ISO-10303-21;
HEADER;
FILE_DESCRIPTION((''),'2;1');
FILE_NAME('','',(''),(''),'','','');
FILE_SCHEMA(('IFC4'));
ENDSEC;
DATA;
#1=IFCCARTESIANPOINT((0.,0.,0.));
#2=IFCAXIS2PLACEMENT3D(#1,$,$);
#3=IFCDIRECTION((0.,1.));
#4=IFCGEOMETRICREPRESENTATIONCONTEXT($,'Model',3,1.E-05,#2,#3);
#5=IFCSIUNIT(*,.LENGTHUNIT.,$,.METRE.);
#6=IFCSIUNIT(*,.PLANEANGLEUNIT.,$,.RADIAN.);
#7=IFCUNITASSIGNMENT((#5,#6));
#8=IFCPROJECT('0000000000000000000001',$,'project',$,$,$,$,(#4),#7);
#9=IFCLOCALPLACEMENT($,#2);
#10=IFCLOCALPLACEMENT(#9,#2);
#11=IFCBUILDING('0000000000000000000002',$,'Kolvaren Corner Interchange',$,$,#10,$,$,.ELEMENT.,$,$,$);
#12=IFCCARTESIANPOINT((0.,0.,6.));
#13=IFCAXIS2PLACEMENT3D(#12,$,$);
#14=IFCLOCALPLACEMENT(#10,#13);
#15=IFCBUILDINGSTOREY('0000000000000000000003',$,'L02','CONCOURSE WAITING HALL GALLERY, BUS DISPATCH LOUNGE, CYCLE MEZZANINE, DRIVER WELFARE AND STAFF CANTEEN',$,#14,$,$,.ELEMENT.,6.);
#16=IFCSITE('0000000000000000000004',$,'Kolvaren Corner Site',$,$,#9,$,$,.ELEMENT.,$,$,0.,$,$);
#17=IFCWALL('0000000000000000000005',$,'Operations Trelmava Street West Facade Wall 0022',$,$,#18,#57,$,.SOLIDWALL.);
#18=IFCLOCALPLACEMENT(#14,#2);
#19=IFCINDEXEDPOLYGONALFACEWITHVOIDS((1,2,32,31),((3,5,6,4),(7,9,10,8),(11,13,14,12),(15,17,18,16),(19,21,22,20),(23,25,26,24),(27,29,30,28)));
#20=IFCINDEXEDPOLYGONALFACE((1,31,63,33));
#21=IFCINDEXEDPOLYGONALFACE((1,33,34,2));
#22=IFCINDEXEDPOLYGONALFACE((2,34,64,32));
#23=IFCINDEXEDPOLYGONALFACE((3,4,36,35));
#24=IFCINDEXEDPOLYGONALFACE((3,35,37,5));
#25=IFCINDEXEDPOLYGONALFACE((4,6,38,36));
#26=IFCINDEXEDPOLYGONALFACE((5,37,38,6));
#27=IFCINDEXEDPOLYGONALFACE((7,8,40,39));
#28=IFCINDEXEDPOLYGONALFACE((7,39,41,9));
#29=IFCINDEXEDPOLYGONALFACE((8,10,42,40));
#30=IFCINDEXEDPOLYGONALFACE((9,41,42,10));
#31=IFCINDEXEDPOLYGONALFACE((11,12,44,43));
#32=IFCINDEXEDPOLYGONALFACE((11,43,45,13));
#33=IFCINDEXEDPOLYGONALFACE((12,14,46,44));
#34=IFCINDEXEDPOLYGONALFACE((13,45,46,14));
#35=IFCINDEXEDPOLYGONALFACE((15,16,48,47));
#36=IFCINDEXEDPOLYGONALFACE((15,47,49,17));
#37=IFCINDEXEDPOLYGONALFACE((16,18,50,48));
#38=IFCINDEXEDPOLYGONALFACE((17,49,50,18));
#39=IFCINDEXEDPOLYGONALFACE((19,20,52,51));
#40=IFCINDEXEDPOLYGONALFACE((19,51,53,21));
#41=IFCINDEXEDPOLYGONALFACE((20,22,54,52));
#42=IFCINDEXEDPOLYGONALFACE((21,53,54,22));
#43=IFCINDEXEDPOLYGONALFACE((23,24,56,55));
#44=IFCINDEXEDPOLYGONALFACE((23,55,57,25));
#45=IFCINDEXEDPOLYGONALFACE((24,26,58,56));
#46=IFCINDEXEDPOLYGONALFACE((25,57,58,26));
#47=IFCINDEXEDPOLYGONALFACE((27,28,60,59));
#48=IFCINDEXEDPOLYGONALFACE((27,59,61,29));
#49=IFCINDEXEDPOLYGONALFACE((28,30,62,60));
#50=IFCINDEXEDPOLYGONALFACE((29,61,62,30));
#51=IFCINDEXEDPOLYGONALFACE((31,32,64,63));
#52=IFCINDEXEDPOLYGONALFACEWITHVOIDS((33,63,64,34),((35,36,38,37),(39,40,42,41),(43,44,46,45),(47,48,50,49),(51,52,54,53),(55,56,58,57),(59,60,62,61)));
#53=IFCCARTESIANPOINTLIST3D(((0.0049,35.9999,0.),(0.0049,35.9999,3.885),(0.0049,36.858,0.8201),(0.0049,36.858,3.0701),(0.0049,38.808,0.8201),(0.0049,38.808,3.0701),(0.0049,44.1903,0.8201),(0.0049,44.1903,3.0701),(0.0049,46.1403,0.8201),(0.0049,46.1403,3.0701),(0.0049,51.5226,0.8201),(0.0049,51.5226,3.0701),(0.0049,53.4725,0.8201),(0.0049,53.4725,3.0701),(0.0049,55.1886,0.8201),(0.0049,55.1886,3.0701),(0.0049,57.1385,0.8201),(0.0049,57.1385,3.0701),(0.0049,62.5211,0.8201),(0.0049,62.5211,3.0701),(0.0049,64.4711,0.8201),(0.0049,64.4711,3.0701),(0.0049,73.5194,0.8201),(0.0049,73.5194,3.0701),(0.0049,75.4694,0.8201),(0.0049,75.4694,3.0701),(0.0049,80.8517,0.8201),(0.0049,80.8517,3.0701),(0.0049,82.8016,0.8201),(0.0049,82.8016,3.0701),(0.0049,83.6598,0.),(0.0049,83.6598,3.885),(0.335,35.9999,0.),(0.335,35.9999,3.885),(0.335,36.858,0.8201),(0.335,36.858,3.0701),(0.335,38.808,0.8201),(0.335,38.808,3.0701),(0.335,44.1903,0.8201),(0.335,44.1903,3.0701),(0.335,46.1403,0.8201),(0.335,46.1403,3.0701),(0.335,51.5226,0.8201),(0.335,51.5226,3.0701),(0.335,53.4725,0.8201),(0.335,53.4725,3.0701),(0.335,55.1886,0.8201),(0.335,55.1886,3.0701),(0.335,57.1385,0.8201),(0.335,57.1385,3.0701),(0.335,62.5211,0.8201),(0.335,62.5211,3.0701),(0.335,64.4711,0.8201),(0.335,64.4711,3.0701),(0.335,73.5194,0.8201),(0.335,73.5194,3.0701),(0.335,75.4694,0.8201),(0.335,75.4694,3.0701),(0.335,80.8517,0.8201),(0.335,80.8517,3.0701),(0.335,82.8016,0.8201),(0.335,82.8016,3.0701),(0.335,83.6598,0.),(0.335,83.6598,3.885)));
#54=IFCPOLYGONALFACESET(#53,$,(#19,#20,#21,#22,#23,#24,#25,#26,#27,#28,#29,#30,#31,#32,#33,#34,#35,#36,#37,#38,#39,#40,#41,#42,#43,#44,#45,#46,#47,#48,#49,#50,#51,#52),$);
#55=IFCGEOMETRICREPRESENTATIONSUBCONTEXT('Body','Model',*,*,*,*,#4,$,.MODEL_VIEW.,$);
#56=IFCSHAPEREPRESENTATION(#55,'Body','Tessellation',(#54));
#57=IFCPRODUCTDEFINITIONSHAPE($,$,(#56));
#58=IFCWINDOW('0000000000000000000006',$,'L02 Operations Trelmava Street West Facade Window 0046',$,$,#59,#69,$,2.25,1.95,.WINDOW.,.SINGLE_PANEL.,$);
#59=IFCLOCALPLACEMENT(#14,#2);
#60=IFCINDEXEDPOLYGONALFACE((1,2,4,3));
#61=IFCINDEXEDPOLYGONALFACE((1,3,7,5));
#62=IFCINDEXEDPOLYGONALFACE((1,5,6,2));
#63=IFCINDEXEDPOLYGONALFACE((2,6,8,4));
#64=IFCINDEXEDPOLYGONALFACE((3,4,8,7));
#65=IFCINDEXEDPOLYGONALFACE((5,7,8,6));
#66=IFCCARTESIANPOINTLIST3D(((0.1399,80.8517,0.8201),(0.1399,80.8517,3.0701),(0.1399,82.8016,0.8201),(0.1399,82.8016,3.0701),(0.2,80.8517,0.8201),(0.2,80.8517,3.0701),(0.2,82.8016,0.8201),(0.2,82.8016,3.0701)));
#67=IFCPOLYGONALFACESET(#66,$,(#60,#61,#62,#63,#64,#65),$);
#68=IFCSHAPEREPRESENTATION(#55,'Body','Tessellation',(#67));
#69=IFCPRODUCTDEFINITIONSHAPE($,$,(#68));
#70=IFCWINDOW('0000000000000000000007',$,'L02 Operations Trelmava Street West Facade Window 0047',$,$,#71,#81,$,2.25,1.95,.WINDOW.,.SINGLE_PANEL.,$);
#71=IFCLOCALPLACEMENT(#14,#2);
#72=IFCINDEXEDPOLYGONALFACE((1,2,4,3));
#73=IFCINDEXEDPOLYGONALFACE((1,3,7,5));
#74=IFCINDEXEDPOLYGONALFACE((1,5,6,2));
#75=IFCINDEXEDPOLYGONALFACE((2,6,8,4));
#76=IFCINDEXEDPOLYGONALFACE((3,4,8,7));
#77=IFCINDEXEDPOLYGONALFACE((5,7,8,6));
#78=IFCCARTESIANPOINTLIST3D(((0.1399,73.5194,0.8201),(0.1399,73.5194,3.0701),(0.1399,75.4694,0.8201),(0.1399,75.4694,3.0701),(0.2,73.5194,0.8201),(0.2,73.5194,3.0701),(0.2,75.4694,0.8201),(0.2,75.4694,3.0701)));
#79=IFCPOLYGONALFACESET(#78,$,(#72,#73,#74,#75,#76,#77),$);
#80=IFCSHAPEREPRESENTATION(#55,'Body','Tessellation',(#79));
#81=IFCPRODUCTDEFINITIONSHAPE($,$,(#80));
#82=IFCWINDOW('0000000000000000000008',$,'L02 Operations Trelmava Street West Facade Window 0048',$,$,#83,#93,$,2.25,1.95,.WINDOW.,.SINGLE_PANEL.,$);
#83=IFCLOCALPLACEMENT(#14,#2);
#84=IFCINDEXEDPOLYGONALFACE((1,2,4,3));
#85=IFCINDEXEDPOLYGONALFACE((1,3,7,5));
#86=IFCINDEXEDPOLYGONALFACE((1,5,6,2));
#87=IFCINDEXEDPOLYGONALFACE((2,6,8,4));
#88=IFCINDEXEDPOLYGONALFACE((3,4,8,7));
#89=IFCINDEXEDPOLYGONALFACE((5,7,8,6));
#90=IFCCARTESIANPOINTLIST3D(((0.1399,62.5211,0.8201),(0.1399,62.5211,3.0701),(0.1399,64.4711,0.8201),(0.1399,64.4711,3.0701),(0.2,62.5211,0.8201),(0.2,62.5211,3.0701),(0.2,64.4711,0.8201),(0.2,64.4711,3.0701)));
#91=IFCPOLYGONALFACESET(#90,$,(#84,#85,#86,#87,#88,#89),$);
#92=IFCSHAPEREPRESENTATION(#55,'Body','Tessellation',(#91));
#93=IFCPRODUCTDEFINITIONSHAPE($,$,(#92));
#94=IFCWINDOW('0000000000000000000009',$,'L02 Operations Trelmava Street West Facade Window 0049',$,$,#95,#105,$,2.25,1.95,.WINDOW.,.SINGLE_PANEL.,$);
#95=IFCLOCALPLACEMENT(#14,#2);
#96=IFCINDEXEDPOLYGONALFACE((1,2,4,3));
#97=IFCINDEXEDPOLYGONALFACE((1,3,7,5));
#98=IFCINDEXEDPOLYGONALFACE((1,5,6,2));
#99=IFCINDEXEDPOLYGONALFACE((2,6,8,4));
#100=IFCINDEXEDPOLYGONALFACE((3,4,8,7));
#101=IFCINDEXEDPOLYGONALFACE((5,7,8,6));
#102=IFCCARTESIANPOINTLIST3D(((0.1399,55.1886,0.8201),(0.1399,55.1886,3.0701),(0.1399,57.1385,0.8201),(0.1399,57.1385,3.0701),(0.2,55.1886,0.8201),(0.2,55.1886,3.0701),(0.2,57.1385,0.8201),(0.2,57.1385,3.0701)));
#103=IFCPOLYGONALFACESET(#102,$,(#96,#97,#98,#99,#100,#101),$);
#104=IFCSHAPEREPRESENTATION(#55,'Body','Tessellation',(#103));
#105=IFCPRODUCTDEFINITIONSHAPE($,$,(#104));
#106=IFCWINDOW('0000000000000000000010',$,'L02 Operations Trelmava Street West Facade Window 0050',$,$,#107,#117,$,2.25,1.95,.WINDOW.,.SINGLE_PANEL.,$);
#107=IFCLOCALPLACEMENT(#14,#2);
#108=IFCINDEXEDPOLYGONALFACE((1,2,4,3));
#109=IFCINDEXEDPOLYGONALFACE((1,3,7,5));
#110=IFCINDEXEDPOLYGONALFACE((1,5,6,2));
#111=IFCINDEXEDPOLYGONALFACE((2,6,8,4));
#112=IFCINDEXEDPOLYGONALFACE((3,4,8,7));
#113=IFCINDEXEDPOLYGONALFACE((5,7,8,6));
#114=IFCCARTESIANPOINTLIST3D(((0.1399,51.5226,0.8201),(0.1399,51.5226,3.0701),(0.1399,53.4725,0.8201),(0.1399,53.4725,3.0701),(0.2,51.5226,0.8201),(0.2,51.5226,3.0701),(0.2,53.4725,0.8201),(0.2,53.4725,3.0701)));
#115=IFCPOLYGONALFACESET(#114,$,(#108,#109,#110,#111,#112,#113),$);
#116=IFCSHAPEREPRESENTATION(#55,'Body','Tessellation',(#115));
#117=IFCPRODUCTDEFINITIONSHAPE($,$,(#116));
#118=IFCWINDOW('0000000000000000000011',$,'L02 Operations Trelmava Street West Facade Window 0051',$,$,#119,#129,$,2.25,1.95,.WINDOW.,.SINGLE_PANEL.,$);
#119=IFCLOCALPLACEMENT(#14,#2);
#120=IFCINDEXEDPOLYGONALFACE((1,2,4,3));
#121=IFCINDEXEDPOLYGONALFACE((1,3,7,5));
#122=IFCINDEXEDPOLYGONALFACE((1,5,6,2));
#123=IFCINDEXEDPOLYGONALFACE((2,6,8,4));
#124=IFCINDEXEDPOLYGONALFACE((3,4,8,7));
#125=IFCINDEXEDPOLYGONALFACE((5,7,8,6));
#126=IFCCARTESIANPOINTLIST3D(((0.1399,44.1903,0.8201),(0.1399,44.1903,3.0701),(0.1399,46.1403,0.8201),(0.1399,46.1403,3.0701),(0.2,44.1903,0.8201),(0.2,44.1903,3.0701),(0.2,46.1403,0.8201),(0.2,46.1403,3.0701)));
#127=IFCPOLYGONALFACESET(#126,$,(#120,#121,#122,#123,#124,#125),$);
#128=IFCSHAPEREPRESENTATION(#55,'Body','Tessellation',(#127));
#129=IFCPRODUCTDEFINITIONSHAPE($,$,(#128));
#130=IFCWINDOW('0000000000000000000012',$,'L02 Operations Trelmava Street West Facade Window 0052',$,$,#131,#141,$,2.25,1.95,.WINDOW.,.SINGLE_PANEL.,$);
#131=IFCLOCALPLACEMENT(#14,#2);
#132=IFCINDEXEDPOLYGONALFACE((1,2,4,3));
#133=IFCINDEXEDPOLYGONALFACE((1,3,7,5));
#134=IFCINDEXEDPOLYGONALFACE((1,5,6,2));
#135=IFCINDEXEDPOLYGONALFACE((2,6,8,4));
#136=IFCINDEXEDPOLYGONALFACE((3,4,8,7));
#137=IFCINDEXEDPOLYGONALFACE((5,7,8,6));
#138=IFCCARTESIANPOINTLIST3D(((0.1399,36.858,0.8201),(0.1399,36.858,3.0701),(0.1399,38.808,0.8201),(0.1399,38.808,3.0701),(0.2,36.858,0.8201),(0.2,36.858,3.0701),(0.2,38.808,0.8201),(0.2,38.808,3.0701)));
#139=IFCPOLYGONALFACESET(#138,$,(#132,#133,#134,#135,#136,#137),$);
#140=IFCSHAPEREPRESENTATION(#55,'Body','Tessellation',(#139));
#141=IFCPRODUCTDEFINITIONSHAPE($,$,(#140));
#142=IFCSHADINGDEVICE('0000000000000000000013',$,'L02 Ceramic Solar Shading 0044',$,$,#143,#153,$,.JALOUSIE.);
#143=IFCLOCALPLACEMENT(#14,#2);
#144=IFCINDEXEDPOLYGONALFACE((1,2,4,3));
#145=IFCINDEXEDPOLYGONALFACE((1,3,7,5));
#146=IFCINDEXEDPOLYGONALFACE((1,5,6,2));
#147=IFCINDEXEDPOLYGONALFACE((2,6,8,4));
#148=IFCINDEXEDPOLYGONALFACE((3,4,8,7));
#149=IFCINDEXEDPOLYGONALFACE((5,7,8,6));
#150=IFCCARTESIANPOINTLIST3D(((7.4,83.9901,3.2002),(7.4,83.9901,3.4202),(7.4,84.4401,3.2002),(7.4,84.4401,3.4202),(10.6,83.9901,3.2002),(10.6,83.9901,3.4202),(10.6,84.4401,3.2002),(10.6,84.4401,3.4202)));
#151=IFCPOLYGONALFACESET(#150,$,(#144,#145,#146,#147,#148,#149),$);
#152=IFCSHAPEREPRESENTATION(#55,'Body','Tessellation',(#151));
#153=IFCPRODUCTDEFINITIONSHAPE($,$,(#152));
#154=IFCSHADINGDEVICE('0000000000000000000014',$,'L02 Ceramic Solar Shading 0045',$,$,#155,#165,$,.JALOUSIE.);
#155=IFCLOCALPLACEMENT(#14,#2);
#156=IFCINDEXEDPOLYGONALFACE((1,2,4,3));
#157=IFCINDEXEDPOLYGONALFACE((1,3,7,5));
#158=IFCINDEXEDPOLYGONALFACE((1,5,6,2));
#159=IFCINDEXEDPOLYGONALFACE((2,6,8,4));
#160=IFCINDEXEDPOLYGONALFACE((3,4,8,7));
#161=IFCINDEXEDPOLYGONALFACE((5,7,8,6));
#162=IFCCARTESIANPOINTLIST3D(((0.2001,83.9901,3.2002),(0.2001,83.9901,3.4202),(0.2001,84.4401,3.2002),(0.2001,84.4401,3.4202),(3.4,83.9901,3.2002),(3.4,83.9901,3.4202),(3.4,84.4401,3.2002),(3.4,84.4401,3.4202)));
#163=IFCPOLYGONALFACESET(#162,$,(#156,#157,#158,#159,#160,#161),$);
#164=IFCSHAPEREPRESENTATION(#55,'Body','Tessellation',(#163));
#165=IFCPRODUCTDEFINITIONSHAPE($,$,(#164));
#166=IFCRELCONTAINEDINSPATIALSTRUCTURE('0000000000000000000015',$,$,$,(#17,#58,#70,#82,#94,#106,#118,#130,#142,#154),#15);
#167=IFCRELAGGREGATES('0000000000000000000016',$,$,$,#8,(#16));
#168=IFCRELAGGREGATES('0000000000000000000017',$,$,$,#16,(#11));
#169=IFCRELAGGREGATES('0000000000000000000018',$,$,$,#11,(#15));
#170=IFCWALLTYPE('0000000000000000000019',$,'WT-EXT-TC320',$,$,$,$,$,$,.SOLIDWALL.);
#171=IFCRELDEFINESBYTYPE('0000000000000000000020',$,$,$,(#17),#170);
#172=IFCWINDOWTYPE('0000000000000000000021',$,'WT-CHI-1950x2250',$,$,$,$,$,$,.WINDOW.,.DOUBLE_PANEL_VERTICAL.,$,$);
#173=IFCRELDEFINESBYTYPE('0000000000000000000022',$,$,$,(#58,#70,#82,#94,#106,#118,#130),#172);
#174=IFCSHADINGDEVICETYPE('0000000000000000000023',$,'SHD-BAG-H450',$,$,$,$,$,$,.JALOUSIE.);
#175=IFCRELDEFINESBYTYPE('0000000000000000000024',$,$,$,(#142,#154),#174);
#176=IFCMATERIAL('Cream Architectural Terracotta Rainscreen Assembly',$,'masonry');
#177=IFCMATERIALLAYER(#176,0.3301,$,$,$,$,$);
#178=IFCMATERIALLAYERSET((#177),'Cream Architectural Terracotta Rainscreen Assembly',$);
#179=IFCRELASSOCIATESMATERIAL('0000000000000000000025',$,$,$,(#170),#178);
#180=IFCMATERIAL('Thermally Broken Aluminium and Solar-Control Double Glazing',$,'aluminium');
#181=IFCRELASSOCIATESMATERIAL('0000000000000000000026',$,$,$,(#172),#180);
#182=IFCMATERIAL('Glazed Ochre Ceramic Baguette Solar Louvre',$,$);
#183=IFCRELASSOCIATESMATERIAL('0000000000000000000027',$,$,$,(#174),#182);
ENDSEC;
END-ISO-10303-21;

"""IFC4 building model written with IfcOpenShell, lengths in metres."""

from ifc_helpers import new_model, si_unit, direction, frame, frame_2d, origin, origin_2d, place, context, subcontext, project, spatial, rectangle, extrude, material, layer, layer_set, type_object, element, fill, save


model = new_model("IFC4")

# Units and contexts
model_context = context("Model", 3, precision=1e-05, world=origin(), true_north=direction((0.0, 1.0)))
body_context = subcontext(model_context, "Body", "Model", "MODEL_VIEW")
ifc_project = project(units=[si_unit("LENGTHUNIT", "METRE"), si_unit("PLANEANGLEUNIT", "RADIAN")], contexts=[model_context])

# Site, building, storey
site_placement = place(None, origin())
site = spatial("IfcSite", under=ifc_project, at=site_placement, Name="Kolvaren Corner Site", CompositionType="ELEMENT", RefElevation=0.0)
building_placement = place(site_placement, origin())
building = spatial("IfcBuilding", under=site, at=building_placement, Name="Kolvaren Corner Interchange", CompositionType="ELEMENT")
storey_placement = place(building_placement, frame((0.0, 0.0, 6.0)))
storey = spatial("IfcBuildingStorey", under=building, at=storey_placement, Name="L02", Description="CONCOURSE WAITING HALL GALLERY, BUS DISPATCH LOUNGE, CYCLE MEZZANINE, DRIVER WELFARE AND STAFF CANTEEN", CompositionType="ELEMENT", Elevation=6.0)

# Wall, openings, windows
ifc_material_1 = material(Name="Cream Architectural Terracotta Rainscreen Assembly", Category="masonry")
ifc_layer = layer(ifc_material_1, 0.3301)
ifc_layer_set = layer_set([ifc_layer], Name="Cream Architectural Terracotta Rainscreen Assembly")
wall_type = type_object("IfcWallType", Name="WT-EXT-TC320", PredefinedType="SOLIDWALL", material=ifc_layer_set)
wall_placement = place(storey_placement, frame((0.1699, 83.6599, 0.0), z_axis=(0.0, 0.0, 1.0), x_axis=(0.0, -1.0, 0.0)))
wall = element("IfcWall", 1, at=wall_placement, inside=storey, type_object=wall_type, Name="Operations Trelmava Street West Facade Wall 0022", PredefinedType="SOLIDWALL", context=body_context, shape_type="SweptSolid", body=[
    extrude(rectangle(XDim=47.6599, YDim=0.3301, at=frame_2d((23.8301, 0.0))), origin(), (0.0, 0.0, 1.0), 3.885),
])
opening_1_placement = place(wall_placement, frame((0.8582, 0.0, 0.8201)))
opening_1 = element("IfcOpeningElement", 2, at=opening_1_placement, cuts=wall, PredefinedType="OPENING", context=body_context, shape_type="SweptSolid", body=[
    extrude(rectangle(XDim=1.95, YDim=2.25, at=frame_2d((0.9751, 1.125))), frame((0.0, 0.175, 0.0), z_axis=(0.0, -1.0, 0.0), x_axis=(1.0, 0.0, 0.0)), (0.0, 0.0, 1.0), 0.3501),
])
opening_2_placement = place(wall_placement, frame((8.1904, 0.0, 0.8201)))
opening_2 = element("IfcOpeningElement", 3, at=opening_2_placement, cuts=wall, PredefinedType="OPENING", context=body_context, shape_type="SweptSolid", body=[
    extrude(rectangle(XDim=1.95, YDim=2.25, at=frame_2d((0.9751, 1.125))), frame((0.0, 0.175, 0.0), z_axis=(0.0, -1.0, 0.0), x_axis=(1.0, 0.0, 0.0)), (0.0, 0.0, 1.0), 0.3501),
])
opening_3_placement = place(wall_placement, frame((19.1887, 0.0, 0.8201)))
opening_3 = element("IfcOpeningElement", 4, at=opening_3_placement, cuts=wall, PredefinedType="OPENING", context=body_context, shape_type="SweptSolid", body=[
    extrude(rectangle(XDim=1.95, YDim=2.25, at=frame_2d((0.9751, 1.125))), frame((0.0, 0.175, 0.0), z_axis=(0.0, -1.0, 0.0), x_axis=(1.0, 0.0, 0.0)), (0.0, 0.0, 1.0), 0.3501),
])
opening_4_placement = place(wall_placement, frame((26.5212, 0.0, 0.8201)))
opening_4 = element("IfcOpeningElement", 5, at=opening_4_placement, cuts=wall, PredefinedType="OPENING", context=body_context, shape_type="SweptSolid", body=[
    extrude(rectangle(XDim=1.95, YDim=2.25, at=frame_2d((0.9751, 1.125))), frame((0.0, 0.175, 0.0), z_axis=(0.0, -1.0, 0.0), x_axis=(1.0, 0.0, 0.0)), (0.0, 0.0, 1.0), 0.3501),
])
opening_5_placement = place(wall_placement, frame((30.1873, 0.0, 0.8201)))
opening_5 = element("IfcOpeningElement", 6, at=opening_5_placement, cuts=wall, PredefinedType="OPENING", context=body_context, shape_type="SweptSolid", body=[
    extrude(rectangle(XDim=1.95, YDim=2.25, at=frame_2d((0.9751, 1.125))), frame((0.0, 0.175, 0.0), z_axis=(0.0, -1.0, 0.0), x_axis=(1.0, 0.0, 0.0)), (0.0, 0.0, 1.0), 0.3501),
])
opening_6_placement = place(wall_placement, frame((37.5195, 0.0, 0.8201)))
opening_6 = element("IfcOpeningElement", 7, at=opening_6_placement, cuts=wall, PredefinedType="OPENING", context=body_context, shape_type="SweptSolid", body=[
    extrude(rectangle(XDim=1.95, YDim=2.25, at=frame_2d((0.9751, 1.125))), frame((0.0, 0.175, 0.0), z_axis=(0.0, -1.0, 0.0), x_axis=(1.0, 0.0, 0.0)), (0.0, 0.0, 1.0), 0.3501),
])
opening_7_placement = place(wall_placement, frame((44.8518, 0.0, 0.8201)))
opening_7 = element("IfcOpeningElement", 8, at=opening_7_placement, cuts=wall, PredefinedType="OPENING", context=body_context, shape_type="SweptSolid", body=[
    extrude(rectangle(XDim=1.95, YDim=2.25, at=frame_2d((0.9751, 1.125))), frame((0.0, 0.175, 0.0), z_axis=(0.0, -1.0, 0.0), x_axis=(1.0, 0.0, 0.0)), (0.0, 0.0, 1.0), 0.3501),
])
ifc_material_2 = material(Name="Thermally Broken Aluminium and Solar-Control Double Glazing", Category="aluminium")
window_type = type_object("IfcWindowType", Name="WT-CHI-1950x2250", PartitioningType="DOUBLE_PANEL_VERTICAL", PredefinedType="WINDOW", material=ifc_material_2)
window_1_placement = place(opening_1_placement, origin())
window_1 = element("IfcWindow", 9, at=window_1_placement, inside=storey, type_object=window_type, Name="L02 Operations Trelmava Street West Facade Window 0046", OverallHeight=2.25, OverallWidth=1.95, PartitioningType="SINGLE_PANEL", PredefinedType="WINDOW", context=body_context, shape_type="SweptSolid", body=[
    extrude(rectangle(XDim=1.95, YDim=2.25, at=frame_2d((0.9751, 1.125))), frame((0.0, 0.03, 0.0), z_axis=(0.0, -1.0, 0.0), x_axis=(1.0, 0.0, 0.0)), (0.0, 0.0, 1.0), 0.0601),
])
fill(opening_1, window_1)
window_2_placement = place(opening_2_placement, origin())
window_2 = element("IfcWindow", 10, at=window_2_placement, inside=storey, type_object=window_type, Name="L02 Operations Trelmava Street West Facade Window 0047", OverallHeight=2.25, OverallWidth=1.95, PartitioningType="SINGLE_PANEL", PredefinedType="WINDOW", context=body_context, shape_type="SweptSolid", body=[
    extrude(rectangle(XDim=1.95, YDim=2.25, at=frame_2d((0.9751, 1.125))), frame((0.0, 0.03, 0.0), z_axis=(0.0, -1.0, 0.0), x_axis=(1.0, 0.0, 0.0)), (0.0, 0.0, 1.0), 0.0601),
])
fill(opening_2, window_2)
window_3_placement = place(opening_3_placement, origin())
window_3 = element("IfcWindow", 11, at=window_3_placement, inside=storey, type_object=window_type, Name="L02 Operations Trelmava Street West Facade Window 0048", OverallHeight=2.25, OverallWidth=1.95, PartitioningType="SINGLE_PANEL", PredefinedType="WINDOW", context=body_context, shape_type="SweptSolid", body=[
    extrude(rectangle(XDim=1.95, YDim=2.25, at=frame_2d((0.9751, 1.125))), frame((0.0, 0.03, 0.0), z_axis=(0.0, -1.0, 0.0), x_axis=(1.0, 0.0, 0.0)), (0.0, 0.0, 1.0), 0.0601),
])
fill(opening_3, window_3)
window_4_placement = place(opening_4_placement, origin())
window_4 = element("IfcWindow", 12, at=window_4_placement, inside=storey, type_object=window_type, Name="L02 Operations Trelmava Street West Facade Window 0049", OverallHeight=2.25, OverallWidth=1.95, PartitioningType="SINGLE_PANEL", PredefinedType="WINDOW", context=body_context, shape_type="SweptSolid", body=[
    extrude(rectangle(XDim=1.95, YDim=2.25, at=frame_2d((0.9751, 1.125))), frame((0.0, 0.03, 0.0), z_axis=(0.0, -1.0, 0.0), x_axis=(1.0, 0.0, 0.0)), (0.0, 0.0, 1.0), 0.0601),
])
fill(opening_4, window_4)
window_5_placement = place(opening_5_placement, origin())
window_5 = element("IfcWindow", 13, at=window_5_placement, inside=storey, type_object=window_type, Name="L02 Operations Trelmava Street West Facade Window 0050", OverallHeight=2.25, OverallWidth=1.95, PartitioningType="SINGLE_PANEL", PredefinedType="WINDOW", context=body_context, shape_type="SweptSolid", body=[
    extrude(rectangle(XDim=1.95, YDim=2.25, at=frame_2d((0.9751, 1.125))), frame((0.0, 0.03, 0.0), z_axis=(0.0, -1.0, 0.0), x_axis=(1.0, 0.0, 0.0)), (0.0, 0.0, 1.0), 0.0601),
])
fill(opening_5, window_5)
window_6_placement = place(opening_6_placement, origin())
window_6 = element("IfcWindow", 14, at=window_6_placement, inside=storey, type_object=window_type, Name="L02 Operations Trelmava Street West Facade Window 0051", OverallHeight=2.25, OverallWidth=1.95, PartitioningType="SINGLE_PANEL", PredefinedType="WINDOW", context=body_context, shape_type="SweptSolid", body=[
    extrude(rectangle(XDim=1.95, YDim=2.25, at=frame_2d((0.9751, 1.125))), frame((0.0, 0.03, 0.0), z_axis=(0.0, -1.0, 0.0), x_axis=(1.0, 0.0, 0.0)), (0.0, 0.0, 1.0), 0.0601),
])
fill(opening_6, window_6)
window_7_placement = place(opening_7_placement, origin())
window_7 = element("IfcWindow", 15, at=window_7_placement, inside=storey, type_object=window_type, Name="L02 Operations Trelmava Street West Facade Window 0052", OverallHeight=2.25, OverallWidth=1.95, PartitioningType="SINGLE_PANEL", PredefinedType="WINDOW", context=body_context, shape_type="SweptSolid", body=[
    extrude(rectangle(XDim=1.95, YDim=2.25, at=frame_2d((0.9751, 1.125))), frame((0.0, 0.03, 0.0), z_axis=(0.0, -1.0, 0.0), x_axis=(1.0, 0.0, 0.0)), (0.0, 0.0, 1.0), 0.0601),
])
fill(opening_7, window_7)

# Shading devices
ifc_material_3 = material(Name="Glazed Ochre Ceramic Baguette Solar Louvre")
shading_device_type_1 = type_object("IfcShadingDeviceType", Name="SHD-BAG-H450", PredefinedType="JALOUSIE", material=ifc_material_3)
for number, where, z_axis, x_axis, name in (
    (16, (9.0, 84.2151, 3.2002), (0.0, 0.0, 1.0), (-1.0, 0.0, 0.0), "L02 Ceramic Solar Shading 0044"),
    (17, (1.8, 84.2151, 3.2002), (0.0, 0.0, 1.0), (-1.0, 0.0, 0.0), "L02 Ceramic Solar Shading 0045"),
):
    element("IfcShadingDevice", number, at=place(storey_placement, frame(where, z_axis=z_axis, x_axis=x_axis)), inside=storey, type_object=shading_device_type_1, Name=name, PredefinedType="JALOUSIE", context=body_context, shape_type="SweptSolid", body=[
        extrude(rectangle(XDim=3.2, YDim=0.45, at=origin_2d()), origin(), (0.0, 0.0, 1.0), 0.22),
    ])

save(model, "model.ifc")
